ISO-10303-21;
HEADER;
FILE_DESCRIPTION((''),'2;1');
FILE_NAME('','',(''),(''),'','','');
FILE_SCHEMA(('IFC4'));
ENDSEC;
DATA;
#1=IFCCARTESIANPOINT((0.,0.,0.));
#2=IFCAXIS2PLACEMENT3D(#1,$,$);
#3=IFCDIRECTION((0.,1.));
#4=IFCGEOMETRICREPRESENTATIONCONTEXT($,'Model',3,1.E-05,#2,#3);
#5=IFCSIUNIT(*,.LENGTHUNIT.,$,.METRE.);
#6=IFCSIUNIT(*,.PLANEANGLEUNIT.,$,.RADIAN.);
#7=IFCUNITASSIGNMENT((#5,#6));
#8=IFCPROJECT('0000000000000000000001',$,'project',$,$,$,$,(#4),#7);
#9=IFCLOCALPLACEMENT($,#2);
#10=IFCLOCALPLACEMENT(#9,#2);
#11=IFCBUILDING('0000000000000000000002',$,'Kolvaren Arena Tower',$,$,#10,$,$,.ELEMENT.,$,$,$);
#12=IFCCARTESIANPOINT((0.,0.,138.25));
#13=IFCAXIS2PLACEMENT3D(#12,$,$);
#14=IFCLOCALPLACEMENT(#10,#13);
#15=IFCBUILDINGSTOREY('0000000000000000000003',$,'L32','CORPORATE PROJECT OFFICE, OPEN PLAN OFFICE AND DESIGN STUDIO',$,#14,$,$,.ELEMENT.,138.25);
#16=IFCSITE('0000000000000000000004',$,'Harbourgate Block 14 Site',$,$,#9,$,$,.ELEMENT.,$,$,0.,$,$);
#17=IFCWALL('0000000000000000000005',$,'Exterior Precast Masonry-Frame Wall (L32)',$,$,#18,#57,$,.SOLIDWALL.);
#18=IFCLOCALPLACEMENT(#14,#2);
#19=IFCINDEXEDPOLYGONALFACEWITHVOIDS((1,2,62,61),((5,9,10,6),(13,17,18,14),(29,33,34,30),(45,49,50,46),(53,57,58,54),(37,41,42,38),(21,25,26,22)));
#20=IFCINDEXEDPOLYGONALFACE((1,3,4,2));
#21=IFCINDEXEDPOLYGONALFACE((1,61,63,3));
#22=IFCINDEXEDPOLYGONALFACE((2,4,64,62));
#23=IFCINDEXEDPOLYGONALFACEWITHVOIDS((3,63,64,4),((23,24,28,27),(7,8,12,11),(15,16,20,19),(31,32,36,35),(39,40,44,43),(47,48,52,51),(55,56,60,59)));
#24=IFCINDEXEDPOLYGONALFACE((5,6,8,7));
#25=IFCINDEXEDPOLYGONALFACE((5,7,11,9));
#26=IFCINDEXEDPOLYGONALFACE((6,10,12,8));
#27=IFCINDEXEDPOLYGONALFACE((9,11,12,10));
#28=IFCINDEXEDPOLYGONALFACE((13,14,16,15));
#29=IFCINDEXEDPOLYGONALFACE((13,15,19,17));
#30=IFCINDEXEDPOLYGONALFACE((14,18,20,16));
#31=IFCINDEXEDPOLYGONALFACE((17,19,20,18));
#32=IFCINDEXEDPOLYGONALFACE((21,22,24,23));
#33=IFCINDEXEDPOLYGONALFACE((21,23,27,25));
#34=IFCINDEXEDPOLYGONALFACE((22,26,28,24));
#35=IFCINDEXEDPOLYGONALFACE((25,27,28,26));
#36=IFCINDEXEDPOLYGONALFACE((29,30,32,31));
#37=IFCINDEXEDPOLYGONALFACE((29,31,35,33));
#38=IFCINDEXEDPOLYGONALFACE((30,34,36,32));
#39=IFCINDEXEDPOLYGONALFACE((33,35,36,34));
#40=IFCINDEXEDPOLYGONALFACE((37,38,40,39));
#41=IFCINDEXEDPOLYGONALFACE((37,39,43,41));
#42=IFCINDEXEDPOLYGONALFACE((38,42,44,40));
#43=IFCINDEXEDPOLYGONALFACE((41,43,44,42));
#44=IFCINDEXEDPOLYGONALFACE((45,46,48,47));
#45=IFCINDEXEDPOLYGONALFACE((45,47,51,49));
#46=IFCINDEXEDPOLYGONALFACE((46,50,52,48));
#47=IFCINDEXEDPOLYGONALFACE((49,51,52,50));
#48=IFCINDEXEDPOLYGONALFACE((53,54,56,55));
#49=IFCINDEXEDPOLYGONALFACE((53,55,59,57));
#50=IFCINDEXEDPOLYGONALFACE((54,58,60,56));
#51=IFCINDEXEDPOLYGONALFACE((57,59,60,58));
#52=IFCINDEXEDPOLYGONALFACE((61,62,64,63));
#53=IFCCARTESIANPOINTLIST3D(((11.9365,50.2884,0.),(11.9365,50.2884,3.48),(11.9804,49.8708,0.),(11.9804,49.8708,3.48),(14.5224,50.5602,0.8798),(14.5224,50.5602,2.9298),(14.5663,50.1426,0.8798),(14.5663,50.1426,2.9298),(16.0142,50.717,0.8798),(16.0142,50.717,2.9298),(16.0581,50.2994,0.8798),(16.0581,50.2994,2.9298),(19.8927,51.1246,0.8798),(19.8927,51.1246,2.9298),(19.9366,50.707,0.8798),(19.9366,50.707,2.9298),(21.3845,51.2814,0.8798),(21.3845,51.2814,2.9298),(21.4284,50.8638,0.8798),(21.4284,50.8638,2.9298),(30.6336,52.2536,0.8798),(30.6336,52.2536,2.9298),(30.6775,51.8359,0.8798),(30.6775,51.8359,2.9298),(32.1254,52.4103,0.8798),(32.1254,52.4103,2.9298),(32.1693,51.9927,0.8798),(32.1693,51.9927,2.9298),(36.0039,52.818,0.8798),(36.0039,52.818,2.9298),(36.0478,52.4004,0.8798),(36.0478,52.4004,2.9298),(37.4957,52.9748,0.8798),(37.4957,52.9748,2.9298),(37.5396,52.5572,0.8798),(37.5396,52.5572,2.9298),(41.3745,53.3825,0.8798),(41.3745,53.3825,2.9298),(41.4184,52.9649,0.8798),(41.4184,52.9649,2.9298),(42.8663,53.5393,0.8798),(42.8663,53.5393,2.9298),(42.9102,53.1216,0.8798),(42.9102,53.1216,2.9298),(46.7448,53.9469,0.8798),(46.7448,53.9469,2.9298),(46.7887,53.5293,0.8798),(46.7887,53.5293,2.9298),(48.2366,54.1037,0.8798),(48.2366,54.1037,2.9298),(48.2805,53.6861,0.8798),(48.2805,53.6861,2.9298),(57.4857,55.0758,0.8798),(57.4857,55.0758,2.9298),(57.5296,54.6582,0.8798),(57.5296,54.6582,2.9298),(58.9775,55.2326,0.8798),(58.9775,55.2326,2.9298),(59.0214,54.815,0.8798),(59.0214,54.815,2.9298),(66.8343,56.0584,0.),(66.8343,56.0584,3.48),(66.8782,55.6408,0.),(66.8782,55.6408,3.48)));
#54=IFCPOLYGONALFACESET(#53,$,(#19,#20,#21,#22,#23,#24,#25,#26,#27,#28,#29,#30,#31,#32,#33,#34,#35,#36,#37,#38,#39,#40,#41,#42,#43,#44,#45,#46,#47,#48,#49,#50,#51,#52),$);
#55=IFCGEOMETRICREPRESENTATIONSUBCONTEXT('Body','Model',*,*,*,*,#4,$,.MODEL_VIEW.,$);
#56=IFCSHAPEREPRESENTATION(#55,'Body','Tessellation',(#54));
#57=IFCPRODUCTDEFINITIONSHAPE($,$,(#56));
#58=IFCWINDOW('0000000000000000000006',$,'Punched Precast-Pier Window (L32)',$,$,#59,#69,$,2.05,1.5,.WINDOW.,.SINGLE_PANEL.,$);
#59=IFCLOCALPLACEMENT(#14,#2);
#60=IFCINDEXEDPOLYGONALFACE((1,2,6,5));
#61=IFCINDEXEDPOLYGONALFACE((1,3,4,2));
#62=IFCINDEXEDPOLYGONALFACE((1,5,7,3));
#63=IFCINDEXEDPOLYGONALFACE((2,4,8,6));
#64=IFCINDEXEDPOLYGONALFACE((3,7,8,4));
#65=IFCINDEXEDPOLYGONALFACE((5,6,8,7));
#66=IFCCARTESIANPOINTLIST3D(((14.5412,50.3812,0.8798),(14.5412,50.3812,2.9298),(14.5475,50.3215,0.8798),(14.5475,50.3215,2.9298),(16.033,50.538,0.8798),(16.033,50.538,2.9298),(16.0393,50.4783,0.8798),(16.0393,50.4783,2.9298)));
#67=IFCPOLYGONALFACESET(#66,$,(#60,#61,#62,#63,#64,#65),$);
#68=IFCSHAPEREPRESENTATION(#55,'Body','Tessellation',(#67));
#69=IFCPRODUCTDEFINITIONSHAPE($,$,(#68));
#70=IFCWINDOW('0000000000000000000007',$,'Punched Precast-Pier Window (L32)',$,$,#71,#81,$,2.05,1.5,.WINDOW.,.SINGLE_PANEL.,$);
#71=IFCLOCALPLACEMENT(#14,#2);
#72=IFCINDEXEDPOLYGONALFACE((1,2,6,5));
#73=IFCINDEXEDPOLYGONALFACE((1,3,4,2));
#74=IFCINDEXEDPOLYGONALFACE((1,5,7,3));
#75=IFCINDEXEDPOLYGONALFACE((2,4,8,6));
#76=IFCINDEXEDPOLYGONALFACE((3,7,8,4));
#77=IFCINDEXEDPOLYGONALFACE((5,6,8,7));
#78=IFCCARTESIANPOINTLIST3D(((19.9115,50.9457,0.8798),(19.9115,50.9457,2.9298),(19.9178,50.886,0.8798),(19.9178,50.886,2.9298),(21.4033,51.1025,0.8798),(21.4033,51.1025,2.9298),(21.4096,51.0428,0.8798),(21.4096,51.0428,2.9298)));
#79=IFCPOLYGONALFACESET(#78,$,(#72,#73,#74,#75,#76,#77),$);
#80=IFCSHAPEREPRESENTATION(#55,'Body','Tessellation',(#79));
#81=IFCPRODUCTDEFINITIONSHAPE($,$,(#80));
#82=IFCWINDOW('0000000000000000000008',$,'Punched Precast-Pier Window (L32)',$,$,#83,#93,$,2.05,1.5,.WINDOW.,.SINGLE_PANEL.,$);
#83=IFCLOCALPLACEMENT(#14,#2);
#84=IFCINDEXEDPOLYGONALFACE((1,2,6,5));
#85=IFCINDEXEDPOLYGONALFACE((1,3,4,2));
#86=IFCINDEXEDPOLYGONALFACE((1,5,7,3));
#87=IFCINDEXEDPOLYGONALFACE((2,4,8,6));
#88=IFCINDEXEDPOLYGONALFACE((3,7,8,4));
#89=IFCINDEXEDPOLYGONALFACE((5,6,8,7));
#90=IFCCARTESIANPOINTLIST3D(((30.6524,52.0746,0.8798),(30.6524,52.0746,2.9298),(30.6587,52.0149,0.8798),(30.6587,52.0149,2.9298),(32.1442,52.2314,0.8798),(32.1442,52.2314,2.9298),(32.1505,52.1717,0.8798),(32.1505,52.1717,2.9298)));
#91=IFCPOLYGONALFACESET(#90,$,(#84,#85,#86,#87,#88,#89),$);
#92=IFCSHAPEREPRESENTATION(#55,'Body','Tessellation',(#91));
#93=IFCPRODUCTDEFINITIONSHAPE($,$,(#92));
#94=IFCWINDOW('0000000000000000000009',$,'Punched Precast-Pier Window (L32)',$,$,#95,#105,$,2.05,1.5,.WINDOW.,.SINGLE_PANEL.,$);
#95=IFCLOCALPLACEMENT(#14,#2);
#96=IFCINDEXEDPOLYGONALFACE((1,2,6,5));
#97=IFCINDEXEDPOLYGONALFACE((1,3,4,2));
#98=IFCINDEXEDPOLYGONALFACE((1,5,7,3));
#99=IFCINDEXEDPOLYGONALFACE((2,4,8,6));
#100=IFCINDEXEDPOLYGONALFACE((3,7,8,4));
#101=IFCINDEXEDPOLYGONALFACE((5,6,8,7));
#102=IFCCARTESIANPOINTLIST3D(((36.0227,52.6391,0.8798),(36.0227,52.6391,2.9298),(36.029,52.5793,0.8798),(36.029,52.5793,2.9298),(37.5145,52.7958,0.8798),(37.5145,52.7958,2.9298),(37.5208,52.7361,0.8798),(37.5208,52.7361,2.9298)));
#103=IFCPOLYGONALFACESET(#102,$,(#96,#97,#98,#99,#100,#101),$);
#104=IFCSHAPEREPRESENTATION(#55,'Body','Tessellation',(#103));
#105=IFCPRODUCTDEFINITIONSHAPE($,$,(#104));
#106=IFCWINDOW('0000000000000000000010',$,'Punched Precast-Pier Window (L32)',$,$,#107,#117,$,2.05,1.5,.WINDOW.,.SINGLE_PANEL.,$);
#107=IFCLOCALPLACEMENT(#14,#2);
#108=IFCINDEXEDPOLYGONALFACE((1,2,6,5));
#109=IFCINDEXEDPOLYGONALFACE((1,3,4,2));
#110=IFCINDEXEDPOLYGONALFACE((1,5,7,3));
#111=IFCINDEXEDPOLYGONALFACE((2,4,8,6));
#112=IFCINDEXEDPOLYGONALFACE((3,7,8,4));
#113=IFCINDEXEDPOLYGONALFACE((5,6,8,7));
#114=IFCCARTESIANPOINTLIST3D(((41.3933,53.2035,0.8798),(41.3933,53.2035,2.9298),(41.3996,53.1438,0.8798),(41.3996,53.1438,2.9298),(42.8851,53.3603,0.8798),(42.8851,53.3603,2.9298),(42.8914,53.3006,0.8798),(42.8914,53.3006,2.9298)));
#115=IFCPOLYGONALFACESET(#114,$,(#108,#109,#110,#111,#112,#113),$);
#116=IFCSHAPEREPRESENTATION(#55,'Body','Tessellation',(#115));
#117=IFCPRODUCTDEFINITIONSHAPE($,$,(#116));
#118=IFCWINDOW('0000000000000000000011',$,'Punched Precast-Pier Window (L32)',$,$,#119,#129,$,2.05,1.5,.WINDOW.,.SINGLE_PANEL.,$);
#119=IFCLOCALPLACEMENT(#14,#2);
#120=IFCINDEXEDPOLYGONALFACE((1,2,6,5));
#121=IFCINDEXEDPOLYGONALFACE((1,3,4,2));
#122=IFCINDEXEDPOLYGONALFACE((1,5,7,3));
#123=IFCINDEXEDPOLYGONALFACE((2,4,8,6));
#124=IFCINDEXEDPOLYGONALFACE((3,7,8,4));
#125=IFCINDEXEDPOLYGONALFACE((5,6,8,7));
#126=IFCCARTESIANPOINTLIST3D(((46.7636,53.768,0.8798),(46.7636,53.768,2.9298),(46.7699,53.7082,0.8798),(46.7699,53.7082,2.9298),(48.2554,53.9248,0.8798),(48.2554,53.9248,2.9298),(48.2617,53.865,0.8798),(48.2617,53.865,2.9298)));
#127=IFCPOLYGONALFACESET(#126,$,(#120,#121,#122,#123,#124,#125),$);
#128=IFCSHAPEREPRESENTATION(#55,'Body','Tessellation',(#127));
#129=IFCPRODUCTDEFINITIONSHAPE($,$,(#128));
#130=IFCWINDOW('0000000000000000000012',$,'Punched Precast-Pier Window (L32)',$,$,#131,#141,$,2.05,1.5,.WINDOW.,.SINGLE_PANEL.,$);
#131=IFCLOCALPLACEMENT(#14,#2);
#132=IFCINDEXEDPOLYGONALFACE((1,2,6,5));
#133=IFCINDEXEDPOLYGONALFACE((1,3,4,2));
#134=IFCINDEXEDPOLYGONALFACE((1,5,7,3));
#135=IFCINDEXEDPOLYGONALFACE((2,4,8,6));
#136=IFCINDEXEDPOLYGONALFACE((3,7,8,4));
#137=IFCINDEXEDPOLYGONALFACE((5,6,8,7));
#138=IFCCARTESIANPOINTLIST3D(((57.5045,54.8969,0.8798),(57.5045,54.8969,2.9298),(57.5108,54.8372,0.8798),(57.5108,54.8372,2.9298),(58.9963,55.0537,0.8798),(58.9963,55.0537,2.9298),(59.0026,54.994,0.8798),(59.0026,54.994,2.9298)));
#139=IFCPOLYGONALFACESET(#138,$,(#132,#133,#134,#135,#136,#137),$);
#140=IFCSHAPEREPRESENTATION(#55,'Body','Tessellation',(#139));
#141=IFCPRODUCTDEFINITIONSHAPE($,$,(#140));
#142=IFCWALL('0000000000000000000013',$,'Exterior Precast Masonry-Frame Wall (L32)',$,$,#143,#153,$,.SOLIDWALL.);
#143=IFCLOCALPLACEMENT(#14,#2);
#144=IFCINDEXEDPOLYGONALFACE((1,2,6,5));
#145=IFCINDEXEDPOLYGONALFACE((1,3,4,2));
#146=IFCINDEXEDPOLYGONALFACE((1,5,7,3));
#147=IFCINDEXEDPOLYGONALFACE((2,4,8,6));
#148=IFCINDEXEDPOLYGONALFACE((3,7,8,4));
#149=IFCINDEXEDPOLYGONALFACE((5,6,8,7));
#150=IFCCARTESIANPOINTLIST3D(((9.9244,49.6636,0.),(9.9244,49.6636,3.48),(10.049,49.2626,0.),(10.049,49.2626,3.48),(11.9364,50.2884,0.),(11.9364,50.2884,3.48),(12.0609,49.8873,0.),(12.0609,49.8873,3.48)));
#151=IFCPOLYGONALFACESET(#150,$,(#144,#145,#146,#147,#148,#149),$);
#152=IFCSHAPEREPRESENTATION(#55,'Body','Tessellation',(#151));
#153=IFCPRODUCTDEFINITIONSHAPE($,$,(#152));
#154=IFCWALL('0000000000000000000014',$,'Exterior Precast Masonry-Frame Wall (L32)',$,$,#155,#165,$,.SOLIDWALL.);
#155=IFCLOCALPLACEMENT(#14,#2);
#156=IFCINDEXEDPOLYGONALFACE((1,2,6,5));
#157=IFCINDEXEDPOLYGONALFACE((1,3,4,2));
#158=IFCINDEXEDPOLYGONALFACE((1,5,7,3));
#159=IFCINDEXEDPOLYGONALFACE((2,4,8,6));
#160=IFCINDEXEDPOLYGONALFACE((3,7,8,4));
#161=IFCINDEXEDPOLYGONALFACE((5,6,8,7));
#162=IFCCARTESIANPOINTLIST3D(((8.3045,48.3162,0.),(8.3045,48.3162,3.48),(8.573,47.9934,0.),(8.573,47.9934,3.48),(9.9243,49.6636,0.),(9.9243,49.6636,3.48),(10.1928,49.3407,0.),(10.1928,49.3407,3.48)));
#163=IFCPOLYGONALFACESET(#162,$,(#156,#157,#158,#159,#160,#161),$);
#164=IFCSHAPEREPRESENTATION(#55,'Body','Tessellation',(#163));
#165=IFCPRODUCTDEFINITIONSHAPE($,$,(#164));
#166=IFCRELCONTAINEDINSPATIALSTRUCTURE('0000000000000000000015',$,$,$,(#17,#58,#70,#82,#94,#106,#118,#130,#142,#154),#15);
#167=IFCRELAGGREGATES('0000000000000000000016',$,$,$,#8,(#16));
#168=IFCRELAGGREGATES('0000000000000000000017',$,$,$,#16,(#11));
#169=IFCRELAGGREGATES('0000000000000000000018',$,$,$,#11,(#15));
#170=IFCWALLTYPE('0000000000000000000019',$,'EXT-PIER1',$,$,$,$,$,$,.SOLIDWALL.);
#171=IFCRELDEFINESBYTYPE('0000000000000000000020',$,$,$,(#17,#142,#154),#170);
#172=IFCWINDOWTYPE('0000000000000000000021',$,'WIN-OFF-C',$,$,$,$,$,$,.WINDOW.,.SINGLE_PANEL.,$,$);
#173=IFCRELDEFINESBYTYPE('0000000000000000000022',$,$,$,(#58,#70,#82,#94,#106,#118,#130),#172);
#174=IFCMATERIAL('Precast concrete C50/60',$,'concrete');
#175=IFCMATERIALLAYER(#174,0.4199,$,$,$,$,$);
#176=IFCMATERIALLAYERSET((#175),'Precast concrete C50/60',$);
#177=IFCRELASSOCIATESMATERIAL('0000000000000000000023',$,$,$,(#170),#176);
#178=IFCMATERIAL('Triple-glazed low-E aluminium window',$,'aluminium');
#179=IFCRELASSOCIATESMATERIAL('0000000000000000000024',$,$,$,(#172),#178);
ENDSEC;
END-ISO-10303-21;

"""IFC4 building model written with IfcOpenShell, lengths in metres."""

from ifc_helpers import new_model, si_unit, direction, frame, frame_2d, origin, place, context, subcontext, project, spatial, rectangle, extrude, material, layer, layer_set, type_object, element, fill, save


model = new_model("IFC4")

# Units and contexts
model_context = context("Model", 3, precision=1e-05, world=origin(), true_north=direction((0.0, 1.0)))
body_context = subcontext(model_context, "Body", "Model", "MODEL_VIEW")
ifc_project = project(units=[si_unit("LENGTHUNIT", "METRE"), si_unit("PLANEANGLEUNIT", "RADIAN")], contexts=[model_context])

# Site, building, storey
site_placement = place(None, origin())
site = spatial("IfcSite", under=ifc_project, at=site_placement, Name="Harbourgate Block 14 Site", CompositionType="ELEMENT", RefElevation=0.0)
building_placement = place(site_placement, origin())
building = spatial("IfcBuilding", under=site, at=building_placement, Name="Kolvaren Arena Tower", CompositionType="ELEMENT")
storey_placement = place(building_placement, frame((0.0, 0.0, 138.25)))
storey = spatial("IfcBuildingStorey", under=building, at=storey_placement, Name="L32", Description="CORPORATE PROJECT OFFICE, OPEN PLAN OFFICE AND DESIGN STUDIO", CompositionType="ELEMENT", Elevation=138.25)

# Wall, openings, windows
ifc_material_1 = material(Name="Precast concrete C50/60", Category="concrete")
ifc_layer_1 = layer(ifc_material_1, 0.4199)
ifc_layer_set_1 = layer_set([ifc_layer_1], Name="Precast concrete C50/60")
wall_type_1 = type_object("IfcWallType", Name="EXT-PIER1", PredefinedType="SOLIDWALL", material=ifc_layer_set_1)
wall_1_placement = place(storey_placement, frame((11.9585, 50.0796, 0.0), z_axis=(0.0, 0.0, 1.0), x_axis=(0.994522, 0.104529, 0.0)))
wall_1 = element("IfcWall", 1, at=wall_1_placement, inside=storey, type_object=wall_type_1, Name="Exterior Precast Masonry-Frame Wall (L32)", PredefinedType="SOLIDWALL", context=body_context, shape_type="SweptSolid", body=[
    extrude(rectangle(XDim=55.2002, YDim=0.4199, at=frame_2d((27.6001, 0.0))), origin(), (0.0, 0.0, 1.0), 3.48),
])
opening_1_placement = place(wall_1_placement, frame((2.6001, 0.0, 0.8799)))
opening_1 = element("IfcOpeningElement", 2, at=opening_1_placement, cuts=wall_1, PredefinedType="OPENING", context=body_context, shape_type="SweptSolid", body=[
    extrude(rectangle(XDim=1.5, YDim=2.05, at=frame_2d((0.75, 1.0249))), frame((0.0, 0.22, 0.0), z_axis=(0.0, -1.0, 0.0), x_axis=(1.0, 0.0, 0.0)), (0.0, 0.0, 1.0), 0.4399),
])
opening_2_placement = place(wall_1_placement, frame((8.0, 0.0, 0.8799)))
opening_2 = element("IfcOpeningElement", 3, at=opening_2_placement, cuts=wall_1, PredefinedType="OPENING", context=body_context, shape_type="SweptSolid", body=[
    extrude(rectangle(XDim=1.5, YDim=2.05, at=frame_2d((0.75, 1.0249))), frame((0.0, 0.22, 0.0), z_axis=(0.0, -1.0, 0.0), x_axis=(1.0, 0.0, 0.0)), (0.0, 0.0, 1.0), 0.4399),
])
opening_3_placement = place(wall_1_placement, frame((18.8, 0.0, 0.8799)))
opening_3 = element("IfcOpeningElement", 4, at=opening_3_placement, cuts=wall_1, PredefinedType="OPENING", context=body_context, shape_type="SweptSolid", body=[
    extrude(rectangle(XDim=1.5, YDim=2.05, at=frame_2d((0.75, 1.0249))), frame((0.0, 0.22, 0.0), z_axis=(0.0, -1.0, 0.0), x_axis=(1.0, 0.0, 0.0)), (0.0, 0.0, 1.0), 0.4399),
])
opening_4_placement = place(wall_1_placement, frame((24.2, 0.0, 0.8799)))
opening_4 = element("IfcOpeningElement", 5, at=opening_4_placement, cuts=wall_1, PredefinedType="OPENING", context=body_context, shape_type="SweptSolid", body=[
    extrude(rectangle(XDim=1.5, YDim=2.05, at=frame_2d((0.75, 1.0249))), frame((0.0, 0.22, 0.0), z_axis=(0.0, -1.0, 0.0), x_axis=(1.0, 0.0, 0.0)), (0.0, 0.0, 1.0), 0.4399),
])
opening_5_placement = place(wall_1_placement, frame((29.6001, 0.0, 0.8799)))
opening_5 = element("IfcOpeningElement", 6, at=opening_5_placement, cuts=wall_1, PredefinedType="OPENING", context=body_context, shape_type="SweptSolid", body=[
    extrude(rectangle(XDim=1.5, YDim=2.05, at=frame_2d((0.75, 1.0249))), frame((0.0, 0.22, 0.0), z_axis=(0.0, -1.0, 0.0), x_axis=(1.0, 0.0, 0.0)), (0.0, 0.0, 1.0), 0.4399),
])
opening_6_placement = place(wall_1_placement, frame((35.0, 0.0, 0.8799)))
opening_6 = element("IfcOpeningElement", 7, at=opening_6_placement, cuts=wall_1, PredefinedType="OPENING", context=body_context, shape_type="SweptSolid", body=[
    extrude(rectangle(XDim=1.5, YDim=2.05, at=frame_2d((0.75, 1.0249))), frame((0.0, 0.22, 0.0), z_axis=(0.0, -1.0, 0.0), x_axis=(1.0, 0.0, 0.0)), (0.0, 0.0, 1.0), 0.4399),
])
opening_7_placement = place(wall_1_placement, frame((45.8, 0.0, 0.8799)))
opening_7 = element("IfcOpeningElement", 8, at=opening_7_placement, cuts=wall_1, PredefinedType="OPENING", context=body_context, shape_type="SweptSolid", body=[
    extrude(rectangle(XDim=1.5, YDim=2.05, at=frame_2d((0.75, 1.0249))), frame((0.0, 0.22, 0.0), z_axis=(0.0, -1.0, 0.0), x_axis=(1.0, 0.0, 0.0)), (0.0, 0.0, 1.0), 0.4399),
])
ifc_material_2 = material(Name="Triple-glazed low-E aluminium window", Category="aluminium")
window_type = type_object("IfcWindowType", Name="WIN-OFF-C", PartitioningType="SINGLE_PANEL", PredefinedType="WINDOW", material=ifc_material_2)
window_1_placement = place(opening_1_placement, origin())
window_1 = element("IfcWindow", 9, at=window_1_placement, inside=storey, type_object=window_type, Name="Punched Precast-Pier Window (L32)", OverallHeight=2.05, OverallWidth=1.5, PartitioningType="SINGLE_PANEL", PredefinedType="WINDOW", context=body_context, shape_type="SweptSolid", body=[
    extrude(rectangle(XDim=1.5, YDim=2.05, at=frame_2d((0.75, 1.0249))), frame((0.0, 0.03, 0.0), z_axis=(0.0, -1.0, 0.0), x_axis=(1.0, 0.0, 0.0)), (0.0, 0.0, 1.0), 0.0601),
])
fill(opening_1, window_1)
window_2_placement = place(opening_2_placement, origin())
window_2 = element("IfcWindow", 10, at=window_2_placement, inside=storey, type_object=window_type, Name="Punched Precast-Pier Window (L32)", OverallHeight=2.05, OverallWidth=1.5, PartitioningType="SINGLE_PANEL", PredefinedType="WINDOW", context=body_context, shape_type="SweptSolid", body=[
    extrude(rectangle(XDim=1.5, YDim=2.05, at=frame_2d((0.75, 1.0249))), frame((0.0, 0.03, 0.0), z_axis=(0.0, -1.0, 0.0), x_axis=(1.0, 0.0, 0.0)), (0.0, 0.0, 1.0), 0.0601),
])
fill(opening_2, window_2)
window_3_placement = place(opening_3_placement, origin())
window_3 = element("IfcWindow", 11, at=window_3_placement, inside=storey, type_object=window_type, Name="Punched Precast-Pier Window (L32)", OverallHeight=2.05, OverallWidth=1.5, PartitioningType="SINGLE_PANEL", PredefinedType="WINDOW", context=body_context, shape_type="SweptSolid", body=[
    extrude(rectangle(XDim=1.5, YDim=2.05, at=frame_2d((0.75, 1.0249))), frame((0.0, 0.03, 0.0), z_axis=(0.0, -1.0, 0.0), x_axis=(1.0, 0.0, 0.0)), (0.0, 0.0, 1.0), 0.0601),
])
fill(opening_3, window_3)
window_4_placement = place(opening_4_placement, origin())
window_4 = element("IfcWindow", 12, at=window_4_placement, inside=storey, type_object=window_type, Name="Punched Precast-Pier Window (L32)", OverallHeight=2.05, OverallWidth=1.5, PartitioningType="SINGLE_PANEL", PredefinedType="WINDOW", context=body_context, shape_type="SweptSolid", body=[
    extrude(rectangle(XDim=1.5, YDim=2.05, at=frame_2d((0.75, 1.0249))), frame((0.0, 0.03, 0.0), z_axis=(0.0, -1.0, 0.0), x_axis=(1.0, 0.0, 0.0)), (0.0, 0.0, 1.0), 0.0601),
])
fill(opening_4, window_4)
window_5_placement = place(opening_5_placement, origin())
window_5 = element("IfcWindow", 13, at=window_5_placement, inside=storey, type_object=window_type, Name="Punched Precast-Pier Window (L32)", OverallHeight=2.05, OverallWidth=1.5, PartitioningType="SINGLE_PANEL", PredefinedType="WINDOW", context=body_context, shape_type="SweptSolid", body=[
    extrude(rectangle(XDim=1.5, YDim=2.05, at=frame_2d((0.75, 1.0249))), frame((0.0, 0.03, 0.0), z_axis=(0.0, -1.0, 0.0), x_axis=(1.0, 0.0, 0.0)), (0.0, 0.0, 1.0), 0.0601),
])
fill(opening_5, window_5)
window_6_placement = place(opening_6_placement, origin())
window_6 = element("IfcWindow", 14, at=window_6_placement, inside=storey, type_object=window_type, Name="Punched Precast-Pier Window (L32)", OverallHeight=2.05, OverallWidth=1.5, PartitioningType="SINGLE_PANEL", PredefinedType="WINDOW", context=body_context, shape_type="SweptSolid", body=[
    extrude(rectangle(XDim=1.5, YDim=2.05, at=frame_2d((0.75, 1.0249))), frame((0.0, 0.03, 0.0), z_axis=(0.0, -1.0, 0.0), x_axis=(1.0, 0.0, 0.0)), (0.0, 0.0, 1.0), 0.0601),
])
fill(opening_6, window_6)
window_7_placement = place(opening_7_placement, origin())
window_7 = element("IfcWindow", 15, at=window_7_placement, inside=storey, type_object=window_type, Name="Punched Precast-Pier Window (L32)", OverallHeight=2.05, OverallWidth=1.5, PartitioningType="SINGLE_PANEL", PredefinedType="WINDOW", context=body_context, shape_type="SweptSolid", body=[
    extrude(rectangle(XDim=1.5, YDim=2.05, at=frame_2d((0.75, 1.0249))), frame((0.0, 0.03, 0.0), z_axis=(0.0, -1.0, 0.0), x_axis=(1.0, 0.0, 0.0)), (0.0, 0.0, 1.0), 0.0601),
])
fill(opening_7, window_7)

# Walls
wall_2_placement = place(storey_placement, frame((9.9868, 49.4631, 0.0), z_axis=(0.0, 0.0, 1.0), x_axis=(0.955017, 0.296552, 0.0)))
element("IfcWall", 16, at=wall_2_placement, inside=storey, type_object=wall_type_1, Name="Exterior Precast Masonry-Frame Wall (L32)", PredefinedType="SOLIDWALL", context=body_context, shape_type="SweptSolid", body=[
    extrude(rectangle(XDim=2.1067, YDim=0.4199, at=frame_2d((1.0532, 0.0))), origin(), (0.0, 0.0, 1.0), 3.48),
])
wall_3_placement = place(storey_placement, frame((8.4387, 48.1548, 0.0), z_axis=(0.0, 0.0, 1.0), x_axis=(0.7688, 0.639489, 0.0)))
element("IfcWall", 17, at=wall_3_placement, inside=storey, type_object=wall_type_1, Name="Exterior Precast Masonry-Frame Wall (L32)", PredefinedType="SOLIDWALL", context=body_context, shape_type="SweptSolid", body=[
    extrude(rectangle(XDim=2.1069, YDim=0.4199, at=frame_2d((1.0535, 0.0))), origin(), (0.0, 0.0, 1.0), 3.48),
])

save(model, "model.ifc")
